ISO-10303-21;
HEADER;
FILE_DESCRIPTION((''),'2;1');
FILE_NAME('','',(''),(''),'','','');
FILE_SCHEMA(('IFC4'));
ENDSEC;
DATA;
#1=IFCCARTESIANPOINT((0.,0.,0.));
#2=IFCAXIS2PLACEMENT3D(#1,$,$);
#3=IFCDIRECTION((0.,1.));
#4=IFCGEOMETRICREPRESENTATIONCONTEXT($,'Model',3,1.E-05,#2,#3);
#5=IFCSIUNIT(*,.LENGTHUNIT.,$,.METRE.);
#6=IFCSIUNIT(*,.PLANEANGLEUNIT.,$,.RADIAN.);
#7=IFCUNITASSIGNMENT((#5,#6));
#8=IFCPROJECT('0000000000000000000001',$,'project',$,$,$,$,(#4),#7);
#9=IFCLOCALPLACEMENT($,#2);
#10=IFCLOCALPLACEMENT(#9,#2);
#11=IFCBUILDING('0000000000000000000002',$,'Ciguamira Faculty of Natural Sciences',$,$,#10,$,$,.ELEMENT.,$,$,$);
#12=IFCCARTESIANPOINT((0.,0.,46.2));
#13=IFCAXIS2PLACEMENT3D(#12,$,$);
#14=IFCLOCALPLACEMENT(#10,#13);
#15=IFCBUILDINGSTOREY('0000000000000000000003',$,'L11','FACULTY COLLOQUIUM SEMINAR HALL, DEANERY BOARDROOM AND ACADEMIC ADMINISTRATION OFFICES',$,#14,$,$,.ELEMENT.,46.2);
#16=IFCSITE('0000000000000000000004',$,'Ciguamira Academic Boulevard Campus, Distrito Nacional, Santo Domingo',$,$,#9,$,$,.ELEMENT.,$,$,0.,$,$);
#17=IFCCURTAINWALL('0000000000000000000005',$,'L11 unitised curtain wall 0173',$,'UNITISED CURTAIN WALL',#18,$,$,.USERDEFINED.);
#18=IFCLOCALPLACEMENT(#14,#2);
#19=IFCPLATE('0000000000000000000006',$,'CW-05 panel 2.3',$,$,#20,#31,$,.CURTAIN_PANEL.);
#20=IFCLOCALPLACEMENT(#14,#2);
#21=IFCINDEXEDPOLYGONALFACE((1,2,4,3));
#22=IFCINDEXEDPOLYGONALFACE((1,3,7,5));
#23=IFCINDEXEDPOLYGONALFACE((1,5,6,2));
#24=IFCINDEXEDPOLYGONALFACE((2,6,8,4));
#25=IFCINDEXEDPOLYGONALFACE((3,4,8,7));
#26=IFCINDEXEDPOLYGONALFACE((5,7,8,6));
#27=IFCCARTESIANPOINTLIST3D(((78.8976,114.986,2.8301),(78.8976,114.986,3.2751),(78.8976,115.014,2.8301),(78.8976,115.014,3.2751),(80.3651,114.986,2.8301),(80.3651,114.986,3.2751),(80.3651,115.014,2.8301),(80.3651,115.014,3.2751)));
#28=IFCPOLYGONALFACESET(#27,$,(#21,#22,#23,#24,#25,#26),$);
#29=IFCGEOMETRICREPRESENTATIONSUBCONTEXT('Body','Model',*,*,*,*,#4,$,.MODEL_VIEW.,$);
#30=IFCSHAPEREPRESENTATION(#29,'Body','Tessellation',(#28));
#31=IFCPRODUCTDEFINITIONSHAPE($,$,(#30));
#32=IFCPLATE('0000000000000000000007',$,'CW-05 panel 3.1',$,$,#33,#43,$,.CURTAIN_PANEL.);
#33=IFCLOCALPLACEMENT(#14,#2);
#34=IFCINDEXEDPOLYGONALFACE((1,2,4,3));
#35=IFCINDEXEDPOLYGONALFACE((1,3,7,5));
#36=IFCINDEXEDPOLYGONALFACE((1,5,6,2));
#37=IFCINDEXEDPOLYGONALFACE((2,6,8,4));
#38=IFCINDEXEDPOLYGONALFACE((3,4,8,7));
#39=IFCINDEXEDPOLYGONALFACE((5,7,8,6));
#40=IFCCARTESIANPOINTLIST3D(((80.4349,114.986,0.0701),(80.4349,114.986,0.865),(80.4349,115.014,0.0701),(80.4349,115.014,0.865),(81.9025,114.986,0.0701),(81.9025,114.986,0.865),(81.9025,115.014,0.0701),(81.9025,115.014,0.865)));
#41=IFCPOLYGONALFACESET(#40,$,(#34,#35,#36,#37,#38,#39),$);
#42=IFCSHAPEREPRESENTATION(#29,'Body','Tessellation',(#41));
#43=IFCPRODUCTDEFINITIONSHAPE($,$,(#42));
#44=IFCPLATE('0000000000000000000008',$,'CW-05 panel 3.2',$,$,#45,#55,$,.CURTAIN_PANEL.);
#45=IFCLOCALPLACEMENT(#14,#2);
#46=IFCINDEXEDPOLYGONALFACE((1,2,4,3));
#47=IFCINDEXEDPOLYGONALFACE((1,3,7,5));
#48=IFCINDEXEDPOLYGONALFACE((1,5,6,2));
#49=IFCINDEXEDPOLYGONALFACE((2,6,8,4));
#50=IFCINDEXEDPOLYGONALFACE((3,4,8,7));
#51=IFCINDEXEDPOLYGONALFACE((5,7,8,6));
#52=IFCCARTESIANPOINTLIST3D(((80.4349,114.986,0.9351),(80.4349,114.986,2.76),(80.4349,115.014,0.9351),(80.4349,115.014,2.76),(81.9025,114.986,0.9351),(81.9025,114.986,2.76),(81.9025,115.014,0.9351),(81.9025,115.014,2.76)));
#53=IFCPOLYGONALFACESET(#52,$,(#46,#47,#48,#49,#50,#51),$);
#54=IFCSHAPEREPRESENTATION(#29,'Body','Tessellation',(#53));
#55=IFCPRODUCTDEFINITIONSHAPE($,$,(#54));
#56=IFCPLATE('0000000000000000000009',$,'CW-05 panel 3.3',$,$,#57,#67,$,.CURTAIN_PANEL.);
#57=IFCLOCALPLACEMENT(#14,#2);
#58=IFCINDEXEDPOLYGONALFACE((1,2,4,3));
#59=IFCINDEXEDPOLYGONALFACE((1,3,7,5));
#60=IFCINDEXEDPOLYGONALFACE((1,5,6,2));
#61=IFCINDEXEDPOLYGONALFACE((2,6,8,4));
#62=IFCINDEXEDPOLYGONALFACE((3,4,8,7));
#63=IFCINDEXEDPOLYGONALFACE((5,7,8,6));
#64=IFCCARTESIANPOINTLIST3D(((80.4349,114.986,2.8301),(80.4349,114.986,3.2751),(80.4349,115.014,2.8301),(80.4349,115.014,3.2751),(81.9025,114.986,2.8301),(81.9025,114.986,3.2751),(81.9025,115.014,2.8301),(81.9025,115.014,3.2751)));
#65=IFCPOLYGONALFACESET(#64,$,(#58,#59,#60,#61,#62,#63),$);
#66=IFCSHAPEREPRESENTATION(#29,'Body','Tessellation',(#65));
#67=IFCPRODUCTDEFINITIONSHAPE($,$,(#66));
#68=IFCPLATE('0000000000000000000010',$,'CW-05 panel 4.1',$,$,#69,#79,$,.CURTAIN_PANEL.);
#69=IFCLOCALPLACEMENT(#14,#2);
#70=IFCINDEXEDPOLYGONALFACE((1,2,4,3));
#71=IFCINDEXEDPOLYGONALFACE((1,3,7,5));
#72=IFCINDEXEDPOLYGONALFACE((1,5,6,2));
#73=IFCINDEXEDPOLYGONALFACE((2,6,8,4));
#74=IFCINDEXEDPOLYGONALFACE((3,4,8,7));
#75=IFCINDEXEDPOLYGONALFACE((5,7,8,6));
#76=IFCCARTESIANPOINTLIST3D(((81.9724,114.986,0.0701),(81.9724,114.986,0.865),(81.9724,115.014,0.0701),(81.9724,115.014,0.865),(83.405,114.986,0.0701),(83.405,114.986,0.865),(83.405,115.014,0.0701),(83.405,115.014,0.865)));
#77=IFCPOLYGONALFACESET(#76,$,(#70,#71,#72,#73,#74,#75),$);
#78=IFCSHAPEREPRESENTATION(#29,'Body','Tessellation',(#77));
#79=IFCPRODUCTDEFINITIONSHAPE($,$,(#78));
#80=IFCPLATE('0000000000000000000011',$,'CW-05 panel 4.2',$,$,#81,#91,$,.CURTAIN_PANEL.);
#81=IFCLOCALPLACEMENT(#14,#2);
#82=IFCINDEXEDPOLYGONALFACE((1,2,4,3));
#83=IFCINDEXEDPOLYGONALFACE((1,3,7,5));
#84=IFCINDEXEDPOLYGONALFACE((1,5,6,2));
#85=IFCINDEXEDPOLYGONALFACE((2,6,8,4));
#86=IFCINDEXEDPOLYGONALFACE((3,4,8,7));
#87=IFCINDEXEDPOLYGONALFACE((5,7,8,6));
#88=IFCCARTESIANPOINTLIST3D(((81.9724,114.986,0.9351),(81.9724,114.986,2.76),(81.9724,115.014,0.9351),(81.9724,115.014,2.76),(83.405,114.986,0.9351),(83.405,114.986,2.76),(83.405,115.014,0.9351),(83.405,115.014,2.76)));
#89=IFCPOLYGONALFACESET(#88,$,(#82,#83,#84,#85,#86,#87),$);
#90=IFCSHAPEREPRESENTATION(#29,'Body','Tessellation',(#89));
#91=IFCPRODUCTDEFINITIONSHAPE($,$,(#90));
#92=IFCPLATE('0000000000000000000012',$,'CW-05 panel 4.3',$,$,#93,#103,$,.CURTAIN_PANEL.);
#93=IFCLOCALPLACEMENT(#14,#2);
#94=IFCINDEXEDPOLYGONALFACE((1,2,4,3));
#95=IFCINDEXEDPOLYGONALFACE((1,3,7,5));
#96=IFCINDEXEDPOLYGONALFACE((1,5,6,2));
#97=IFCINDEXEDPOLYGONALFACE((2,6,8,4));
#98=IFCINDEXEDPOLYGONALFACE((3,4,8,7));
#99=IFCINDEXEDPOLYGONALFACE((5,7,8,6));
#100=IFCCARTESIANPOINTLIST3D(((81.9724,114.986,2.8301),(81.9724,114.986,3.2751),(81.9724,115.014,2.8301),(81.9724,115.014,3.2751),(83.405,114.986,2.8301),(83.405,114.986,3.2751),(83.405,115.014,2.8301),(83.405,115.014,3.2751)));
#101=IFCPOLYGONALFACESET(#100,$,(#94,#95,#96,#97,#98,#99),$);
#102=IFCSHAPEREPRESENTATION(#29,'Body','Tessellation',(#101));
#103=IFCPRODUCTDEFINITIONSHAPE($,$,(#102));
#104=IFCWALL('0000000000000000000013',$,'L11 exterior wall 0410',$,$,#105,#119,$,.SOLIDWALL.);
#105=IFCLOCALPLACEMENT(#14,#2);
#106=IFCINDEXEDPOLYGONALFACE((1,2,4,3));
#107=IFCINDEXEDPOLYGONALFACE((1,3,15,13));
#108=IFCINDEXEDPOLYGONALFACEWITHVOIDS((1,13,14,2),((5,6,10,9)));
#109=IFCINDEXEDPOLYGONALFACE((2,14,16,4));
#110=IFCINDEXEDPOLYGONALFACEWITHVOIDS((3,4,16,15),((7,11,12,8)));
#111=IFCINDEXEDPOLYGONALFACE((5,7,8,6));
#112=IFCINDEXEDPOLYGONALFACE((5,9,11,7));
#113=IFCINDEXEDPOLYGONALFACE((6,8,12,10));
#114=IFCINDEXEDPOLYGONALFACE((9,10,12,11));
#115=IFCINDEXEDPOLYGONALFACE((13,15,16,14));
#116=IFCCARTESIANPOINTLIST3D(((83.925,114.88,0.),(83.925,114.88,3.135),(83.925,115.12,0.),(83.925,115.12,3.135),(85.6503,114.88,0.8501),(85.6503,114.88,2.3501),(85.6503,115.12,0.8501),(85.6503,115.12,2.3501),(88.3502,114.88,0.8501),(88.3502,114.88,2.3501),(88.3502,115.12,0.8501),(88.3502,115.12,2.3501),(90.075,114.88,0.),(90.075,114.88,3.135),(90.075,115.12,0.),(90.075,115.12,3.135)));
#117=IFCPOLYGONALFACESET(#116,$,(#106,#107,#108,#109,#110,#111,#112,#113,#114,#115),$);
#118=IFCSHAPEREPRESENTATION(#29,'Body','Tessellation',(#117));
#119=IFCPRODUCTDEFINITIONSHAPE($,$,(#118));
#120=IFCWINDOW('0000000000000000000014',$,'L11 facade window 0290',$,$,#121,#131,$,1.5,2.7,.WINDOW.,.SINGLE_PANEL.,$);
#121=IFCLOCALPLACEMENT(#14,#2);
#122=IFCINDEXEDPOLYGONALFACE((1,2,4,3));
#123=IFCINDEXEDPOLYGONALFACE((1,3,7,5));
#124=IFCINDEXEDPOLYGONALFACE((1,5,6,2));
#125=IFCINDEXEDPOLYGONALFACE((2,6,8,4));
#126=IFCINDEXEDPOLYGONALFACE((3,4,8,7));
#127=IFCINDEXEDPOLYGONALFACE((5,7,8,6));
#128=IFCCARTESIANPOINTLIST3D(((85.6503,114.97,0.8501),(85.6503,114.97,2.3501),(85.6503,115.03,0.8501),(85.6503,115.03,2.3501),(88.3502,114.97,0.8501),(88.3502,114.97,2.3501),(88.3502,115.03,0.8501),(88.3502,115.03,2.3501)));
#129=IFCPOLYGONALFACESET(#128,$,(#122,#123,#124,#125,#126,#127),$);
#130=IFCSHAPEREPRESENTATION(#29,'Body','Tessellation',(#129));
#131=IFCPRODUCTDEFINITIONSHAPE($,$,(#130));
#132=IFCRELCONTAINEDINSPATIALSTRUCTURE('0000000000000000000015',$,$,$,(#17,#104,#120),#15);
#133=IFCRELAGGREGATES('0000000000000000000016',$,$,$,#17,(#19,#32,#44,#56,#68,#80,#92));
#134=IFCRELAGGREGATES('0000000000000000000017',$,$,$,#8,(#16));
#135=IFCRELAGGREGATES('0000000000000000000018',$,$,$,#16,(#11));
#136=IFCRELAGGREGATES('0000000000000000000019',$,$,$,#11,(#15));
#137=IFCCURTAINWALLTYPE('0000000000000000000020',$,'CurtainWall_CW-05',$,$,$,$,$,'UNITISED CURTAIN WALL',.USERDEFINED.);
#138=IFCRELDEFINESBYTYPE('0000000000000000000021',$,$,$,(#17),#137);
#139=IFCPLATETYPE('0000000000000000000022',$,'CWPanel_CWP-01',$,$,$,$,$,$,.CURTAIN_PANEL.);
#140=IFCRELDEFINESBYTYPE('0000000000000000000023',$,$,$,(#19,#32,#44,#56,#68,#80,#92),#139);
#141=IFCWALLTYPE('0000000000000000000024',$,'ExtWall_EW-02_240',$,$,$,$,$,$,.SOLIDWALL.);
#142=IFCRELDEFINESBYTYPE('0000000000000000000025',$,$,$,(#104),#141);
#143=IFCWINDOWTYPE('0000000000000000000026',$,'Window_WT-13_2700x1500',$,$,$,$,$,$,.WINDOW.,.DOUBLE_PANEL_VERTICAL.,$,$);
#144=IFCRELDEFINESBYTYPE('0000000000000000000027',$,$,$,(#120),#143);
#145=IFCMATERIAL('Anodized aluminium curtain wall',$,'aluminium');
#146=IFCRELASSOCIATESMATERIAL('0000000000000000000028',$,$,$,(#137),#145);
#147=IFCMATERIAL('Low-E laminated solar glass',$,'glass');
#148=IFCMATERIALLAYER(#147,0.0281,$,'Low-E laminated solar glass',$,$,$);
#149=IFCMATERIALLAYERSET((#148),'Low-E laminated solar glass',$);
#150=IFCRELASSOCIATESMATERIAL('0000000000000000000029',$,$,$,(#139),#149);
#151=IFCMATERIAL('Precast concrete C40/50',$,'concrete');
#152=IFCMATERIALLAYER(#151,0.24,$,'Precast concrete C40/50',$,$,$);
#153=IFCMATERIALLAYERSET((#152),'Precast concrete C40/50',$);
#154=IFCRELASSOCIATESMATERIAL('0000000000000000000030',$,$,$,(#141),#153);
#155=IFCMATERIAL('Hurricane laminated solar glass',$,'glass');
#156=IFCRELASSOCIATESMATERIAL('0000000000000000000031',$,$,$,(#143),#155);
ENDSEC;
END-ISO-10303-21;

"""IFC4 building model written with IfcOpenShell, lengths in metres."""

from ifc_helpers import new_model, si_unit, direction, frame, frame_2d, origin, origin_2d, place, context, subcontext, project, spatial, rectangle, extrude, material, layer, layer_set, type_object, element, fill, aggregate, save


model = new_model("IFC4")

# Units and contexts
model_context = context("Model", 3, precision=1e-05, world=origin(), true_north=direction((0.0, 1.0)))
body_context = subcontext(model_context, "Body", "Model", "MODEL_VIEW")
ifc_project = project(units=[si_unit("LENGTHUNIT", "METRE"), si_unit("PLANEANGLEUNIT", "RADIAN")], contexts=[model_context])

# Site, building, storey
site_placement = place(None, origin())
site = spatial("IfcSite", under=ifc_project, at=site_placement, Name="Ciguamira Academic Boulevard Campus, Distrito Nacional, Santo Domingo", CompositionType="ELEMENT", RefElevation=0.0)
building_placement = place(site_placement, origin())
building = spatial("IfcBuilding", under=site, at=building_placement, Name="Ciguamira Faculty of Natural Sciences", CompositionType="ELEMENT")
storey_placement = place(building_placement, frame((0.0, 0.0, 46.2)))
storey = spatial("IfcBuildingStorey", under=building, at=storey_placement, Name="L11", Description="FACULTY COLLOQUIUM SEMINAR HALL, DEANERY BOARDROOM AND ACADEMIC ADMINISTRATION OFFICES", CompositionType="ELEMENT", Elevation=46.2)

# Curtain wall
ifc_material_1 = material(Name="Anodized aluminium curtain wall", Category="aluminium")
curtain_wall_type = type_object("IfcCurtainWallType", Name="CurtainWall_CW-05", ElementType="UNITISED CURTAIN WALL", PredefinedType="USERDEFINED", material=ifc_material_1)
curtain_wall_placement = place(storey_placement, origin())
curtain_wall = element("IfcCurtainWall", 1, at=curtain_wall_placement, inside=storey, type_object=curtain_wall_type, Name="L11 unitised curtain wall 0173", ObjectType="UNITISED CURTAIN WALL", PredefinedType="USERDEFINED")

# Plates
ifc_material_2 = material(Name="Low-E laminated solar glass", Category="glass")
ifc_layer_1 = layer(ifc_material_2, 0.0281, Name="Low-E laminated solar glass")
ifc_layer_set_1 = layer_set([ifc_layer_1], Name="Low-E laminated solar glass")
plate_type = type_object("IfcPlateType", Name="CWPanel_CWP-01", PredefinedType="CURTAIN_PANEL", material=ifc_layer_set_1)
plate_1_placement = place(storey_placement, frame((79.6313, 115.0, 2.8301), z_axis=(0.0, 0.0, 1.0), x_axis=(1.0, 0.0, 0.0)))
plate_1 = element("IfcPlate", 2, at=plate_1_placement, type_object=plate_type, Name="CW-05 panel 2.3", PredefinedType="CURTAIN_PANEL", context=body_context, shape_type="SweptSolid", body=[
    extrude(rectangle(XDim=1.4675, YDim=0.0281, at=origin_2d()), origin(), (0.0, 0.0, 1.0), 0.4451),
])
plate_2_placement = place(storey_placement, frame((81.1687, 115.0, 0.0701), z_axis=(0.0, 0.0, 1.0), x_axis=(1.0, 0.0, 0.0)))
plate_2 = element("IfcPlate", 3, at=plate_2_placement, type_object=plate_type, Name="CW-05 panel 3.1", PredefinedType="CURTAIN_PANEL", context=body_context, shape_type="SweptSolid", body=[
    extrude(rectangle(XDim=1.4675, YDim=0.0281, at=origin_2d()), origin(), (0.0, 0.0, 1.0), 0.7949),
])
plate_3_placement = place(storey_placement, frame((81.1687, 115.0, 0.9351), z_axis=(0.0, 0.0, 1.0), x_axis=(1.0, 0.0, 0.0)))
plate_3 = element("IfcPlate", 4, at=plate_3_placement, type_object=plate_type, Name="CW-05 panel 3.2", PredefinedType="CURTAIN_PANEL", context=body_context, shape_type="SweptSolid", body=[
    extrude(rectangle(XDim=1.4675, YDim=0.0281, at=origin_2d()), origin(), (0.0, 0.0, 1.0), 1.825),
])
plate_4_placement = place(storey_placement, frame((81.1687, 115.0, 2.8301), z_axis=(0.0, 0.0, 1.0), x_axis=(1.0, 0.0, 0.0)))
plate_4 = element("IfcPlate", 5, at=plate_4_placement, type_object=plate_type, Name="CW-05 panel 3.3", PredefinedType="CURTAIN_PANEL", context=body_context, shape_type="SweptSolid", body=[
    extrude(rectangle(XDim=1.4675, YDim=0.0281, at=origin_2d()), origin(), (0.0, 0.0, 1.0), 0.4451),
])
plate_5_placement = place(storey_placement, frame((82.6887, 115.0, 0.0701), z_axis=(0.0, 0.0, 1.0), x_axis=(1.0, 0.0, 0.0)))
plate_5 = element("IfcPlate", 6, at=plate_5_placement, type_object=plate_type, Name="CW-05 panel 4.1", PredefinedType="CURTAIN_PANEL", context=body_context, shape_type="SweptSolid", body=[
    extrude(rectangle(XDim=1.4326, YDim=0.0281, at=origin_2d()), origin(), (0.0, 0.0, 1.0), 0.7949),
])
plate_6_placement = place(storey_placement, frame((82.6887, 115.0, 0.9351), z_axis=(0.0, 0.0, 1.0), x_axis=(1.0, 0.0, 0.0)))
plate_6 = element("IfcPlate", 7, at=plate_6_placement, type_object=plate_type, Name="CW-05 panel 4.2", PredefinedType="CURTAIN_PANEL", context=body_context, shape_type="SweptSolid", body=[
    extrude(rectangle(XDim=1.4326, YDim=0.0281, at=origin_2d()), origin(), (0.0, 0.0, 1.0), 1.825),
])
plate_7_placement = place(storey_placement, frame((82.6887, 115.0, 2.8301), z_axis=(0.0, 0.0, 1.0), x_axis=(1.0, 0.0, 0.0)))
plate_7 = element("IfcPlate", 8, at=plate_7_placement, type_object=plate_type, Name="CW-05 panel 4.3", PredefinedType="CURTAIN_PANEL", context=body_context, shape_type="SweptSolid", body=[
    extrude(rectangle(XDim=1.4326, YDim=0.0281, at=origin_2d()), origin(), (0.0, 0.0, 1.0), 0.4451),
])
aggregate(curtain_wall, [plate_1, plate_2, plate_3, plate_4, plate_5, plate_6, plate_7])

# Wall, opening, window
ifc_material_3 = material(Name="Precast concrete C40/50", Category="concrete")
ifc_layer_2 = layer(ifc_material_3, 0.24, Name="Precast concrete C40/50")
ifc_layer_set_2 = layer_set([ifc_layer_2], Name="Precast concrete C40/50")
wall_type = type_object("IfcWallType", Name="ExtWall_EW-02_240", PredefinedType="SOLIDWALL", material=ifc_layer_set_2)
wall_placement = place(storey_placement, frame((83.925, 115.0, 0.0), z_axis=(0.0, 0.0, 1.0), x_axis=(1.0, 0.0, 0.0)))
wall = element("IfcWall", 9, at=wall_placement, inside=storey, type_object=wall_type, Name="L11 exterior wall 0410", PredefinedType="SOLIDWALL", context=body_context, shape_type="SweptSolid", body=[
    extrude(rectangle(XDim=6.1499, YDim=0.24, at=frame_2d((3.075, 0.0))), origin(), (0.0, 0.0, 1.0), 3.135),
])
opening_placement = place(wall_placement, frame((1.7251, 0.0, 0.8501)))
opening = element("IfcOpeningElement", 10, at=opening_placement, cuts=wall, PredefinedType="OPENING", context=body_context, shape_type="SweptSolid", body=[
    extrude(rectangle(XDim=2.7, YDim=1.5, at=frame_2d((1.3501, 0.75))), frame((0.0, 0.1299, 0.0), z_axis=(0.0, -1.0, 0.0), x_axis=(1.0, 0.0, 0.0)), (0.0, 0.0, 1.0), 0.26),
])
ifc_material_4 = material(Name="Hurricane laminated solar glass", Category="glass")
window_type = type_object("IfcWindowType", Name="Window_WT-13_2700x1500", PartitioningType="DOUBLE_PANEL_VERTICAL", PredefinedType="WINDOW", material=ifc_material_4)
window_placement = place(opening_placement, origin())
window = element("IfcWindow", 11, at=window_placement, inside=storey, type_object=window_type, Name="L11 facade window 0290", OverallHeight=1.5, OverallWidth=2.7, PartitioningType="SINGLE_PANEL", PredefinedType="WINDOW", context=body_context, shape_type="SweptSolid", body=[
    extrude(rectangle(XDim=2.7, YDim=1.5, at=frame_2d((1.3501, 0.75))), frame((0.0, 0.03, 0.0), z_axis=(0.0, -1.0, 0.0), x_axis=(1.0, 0.0, 0.0)), (0.0, 0.0, 1.0), 0.0601),
])
fill(opening, window)

save(model, "model.ifc")
